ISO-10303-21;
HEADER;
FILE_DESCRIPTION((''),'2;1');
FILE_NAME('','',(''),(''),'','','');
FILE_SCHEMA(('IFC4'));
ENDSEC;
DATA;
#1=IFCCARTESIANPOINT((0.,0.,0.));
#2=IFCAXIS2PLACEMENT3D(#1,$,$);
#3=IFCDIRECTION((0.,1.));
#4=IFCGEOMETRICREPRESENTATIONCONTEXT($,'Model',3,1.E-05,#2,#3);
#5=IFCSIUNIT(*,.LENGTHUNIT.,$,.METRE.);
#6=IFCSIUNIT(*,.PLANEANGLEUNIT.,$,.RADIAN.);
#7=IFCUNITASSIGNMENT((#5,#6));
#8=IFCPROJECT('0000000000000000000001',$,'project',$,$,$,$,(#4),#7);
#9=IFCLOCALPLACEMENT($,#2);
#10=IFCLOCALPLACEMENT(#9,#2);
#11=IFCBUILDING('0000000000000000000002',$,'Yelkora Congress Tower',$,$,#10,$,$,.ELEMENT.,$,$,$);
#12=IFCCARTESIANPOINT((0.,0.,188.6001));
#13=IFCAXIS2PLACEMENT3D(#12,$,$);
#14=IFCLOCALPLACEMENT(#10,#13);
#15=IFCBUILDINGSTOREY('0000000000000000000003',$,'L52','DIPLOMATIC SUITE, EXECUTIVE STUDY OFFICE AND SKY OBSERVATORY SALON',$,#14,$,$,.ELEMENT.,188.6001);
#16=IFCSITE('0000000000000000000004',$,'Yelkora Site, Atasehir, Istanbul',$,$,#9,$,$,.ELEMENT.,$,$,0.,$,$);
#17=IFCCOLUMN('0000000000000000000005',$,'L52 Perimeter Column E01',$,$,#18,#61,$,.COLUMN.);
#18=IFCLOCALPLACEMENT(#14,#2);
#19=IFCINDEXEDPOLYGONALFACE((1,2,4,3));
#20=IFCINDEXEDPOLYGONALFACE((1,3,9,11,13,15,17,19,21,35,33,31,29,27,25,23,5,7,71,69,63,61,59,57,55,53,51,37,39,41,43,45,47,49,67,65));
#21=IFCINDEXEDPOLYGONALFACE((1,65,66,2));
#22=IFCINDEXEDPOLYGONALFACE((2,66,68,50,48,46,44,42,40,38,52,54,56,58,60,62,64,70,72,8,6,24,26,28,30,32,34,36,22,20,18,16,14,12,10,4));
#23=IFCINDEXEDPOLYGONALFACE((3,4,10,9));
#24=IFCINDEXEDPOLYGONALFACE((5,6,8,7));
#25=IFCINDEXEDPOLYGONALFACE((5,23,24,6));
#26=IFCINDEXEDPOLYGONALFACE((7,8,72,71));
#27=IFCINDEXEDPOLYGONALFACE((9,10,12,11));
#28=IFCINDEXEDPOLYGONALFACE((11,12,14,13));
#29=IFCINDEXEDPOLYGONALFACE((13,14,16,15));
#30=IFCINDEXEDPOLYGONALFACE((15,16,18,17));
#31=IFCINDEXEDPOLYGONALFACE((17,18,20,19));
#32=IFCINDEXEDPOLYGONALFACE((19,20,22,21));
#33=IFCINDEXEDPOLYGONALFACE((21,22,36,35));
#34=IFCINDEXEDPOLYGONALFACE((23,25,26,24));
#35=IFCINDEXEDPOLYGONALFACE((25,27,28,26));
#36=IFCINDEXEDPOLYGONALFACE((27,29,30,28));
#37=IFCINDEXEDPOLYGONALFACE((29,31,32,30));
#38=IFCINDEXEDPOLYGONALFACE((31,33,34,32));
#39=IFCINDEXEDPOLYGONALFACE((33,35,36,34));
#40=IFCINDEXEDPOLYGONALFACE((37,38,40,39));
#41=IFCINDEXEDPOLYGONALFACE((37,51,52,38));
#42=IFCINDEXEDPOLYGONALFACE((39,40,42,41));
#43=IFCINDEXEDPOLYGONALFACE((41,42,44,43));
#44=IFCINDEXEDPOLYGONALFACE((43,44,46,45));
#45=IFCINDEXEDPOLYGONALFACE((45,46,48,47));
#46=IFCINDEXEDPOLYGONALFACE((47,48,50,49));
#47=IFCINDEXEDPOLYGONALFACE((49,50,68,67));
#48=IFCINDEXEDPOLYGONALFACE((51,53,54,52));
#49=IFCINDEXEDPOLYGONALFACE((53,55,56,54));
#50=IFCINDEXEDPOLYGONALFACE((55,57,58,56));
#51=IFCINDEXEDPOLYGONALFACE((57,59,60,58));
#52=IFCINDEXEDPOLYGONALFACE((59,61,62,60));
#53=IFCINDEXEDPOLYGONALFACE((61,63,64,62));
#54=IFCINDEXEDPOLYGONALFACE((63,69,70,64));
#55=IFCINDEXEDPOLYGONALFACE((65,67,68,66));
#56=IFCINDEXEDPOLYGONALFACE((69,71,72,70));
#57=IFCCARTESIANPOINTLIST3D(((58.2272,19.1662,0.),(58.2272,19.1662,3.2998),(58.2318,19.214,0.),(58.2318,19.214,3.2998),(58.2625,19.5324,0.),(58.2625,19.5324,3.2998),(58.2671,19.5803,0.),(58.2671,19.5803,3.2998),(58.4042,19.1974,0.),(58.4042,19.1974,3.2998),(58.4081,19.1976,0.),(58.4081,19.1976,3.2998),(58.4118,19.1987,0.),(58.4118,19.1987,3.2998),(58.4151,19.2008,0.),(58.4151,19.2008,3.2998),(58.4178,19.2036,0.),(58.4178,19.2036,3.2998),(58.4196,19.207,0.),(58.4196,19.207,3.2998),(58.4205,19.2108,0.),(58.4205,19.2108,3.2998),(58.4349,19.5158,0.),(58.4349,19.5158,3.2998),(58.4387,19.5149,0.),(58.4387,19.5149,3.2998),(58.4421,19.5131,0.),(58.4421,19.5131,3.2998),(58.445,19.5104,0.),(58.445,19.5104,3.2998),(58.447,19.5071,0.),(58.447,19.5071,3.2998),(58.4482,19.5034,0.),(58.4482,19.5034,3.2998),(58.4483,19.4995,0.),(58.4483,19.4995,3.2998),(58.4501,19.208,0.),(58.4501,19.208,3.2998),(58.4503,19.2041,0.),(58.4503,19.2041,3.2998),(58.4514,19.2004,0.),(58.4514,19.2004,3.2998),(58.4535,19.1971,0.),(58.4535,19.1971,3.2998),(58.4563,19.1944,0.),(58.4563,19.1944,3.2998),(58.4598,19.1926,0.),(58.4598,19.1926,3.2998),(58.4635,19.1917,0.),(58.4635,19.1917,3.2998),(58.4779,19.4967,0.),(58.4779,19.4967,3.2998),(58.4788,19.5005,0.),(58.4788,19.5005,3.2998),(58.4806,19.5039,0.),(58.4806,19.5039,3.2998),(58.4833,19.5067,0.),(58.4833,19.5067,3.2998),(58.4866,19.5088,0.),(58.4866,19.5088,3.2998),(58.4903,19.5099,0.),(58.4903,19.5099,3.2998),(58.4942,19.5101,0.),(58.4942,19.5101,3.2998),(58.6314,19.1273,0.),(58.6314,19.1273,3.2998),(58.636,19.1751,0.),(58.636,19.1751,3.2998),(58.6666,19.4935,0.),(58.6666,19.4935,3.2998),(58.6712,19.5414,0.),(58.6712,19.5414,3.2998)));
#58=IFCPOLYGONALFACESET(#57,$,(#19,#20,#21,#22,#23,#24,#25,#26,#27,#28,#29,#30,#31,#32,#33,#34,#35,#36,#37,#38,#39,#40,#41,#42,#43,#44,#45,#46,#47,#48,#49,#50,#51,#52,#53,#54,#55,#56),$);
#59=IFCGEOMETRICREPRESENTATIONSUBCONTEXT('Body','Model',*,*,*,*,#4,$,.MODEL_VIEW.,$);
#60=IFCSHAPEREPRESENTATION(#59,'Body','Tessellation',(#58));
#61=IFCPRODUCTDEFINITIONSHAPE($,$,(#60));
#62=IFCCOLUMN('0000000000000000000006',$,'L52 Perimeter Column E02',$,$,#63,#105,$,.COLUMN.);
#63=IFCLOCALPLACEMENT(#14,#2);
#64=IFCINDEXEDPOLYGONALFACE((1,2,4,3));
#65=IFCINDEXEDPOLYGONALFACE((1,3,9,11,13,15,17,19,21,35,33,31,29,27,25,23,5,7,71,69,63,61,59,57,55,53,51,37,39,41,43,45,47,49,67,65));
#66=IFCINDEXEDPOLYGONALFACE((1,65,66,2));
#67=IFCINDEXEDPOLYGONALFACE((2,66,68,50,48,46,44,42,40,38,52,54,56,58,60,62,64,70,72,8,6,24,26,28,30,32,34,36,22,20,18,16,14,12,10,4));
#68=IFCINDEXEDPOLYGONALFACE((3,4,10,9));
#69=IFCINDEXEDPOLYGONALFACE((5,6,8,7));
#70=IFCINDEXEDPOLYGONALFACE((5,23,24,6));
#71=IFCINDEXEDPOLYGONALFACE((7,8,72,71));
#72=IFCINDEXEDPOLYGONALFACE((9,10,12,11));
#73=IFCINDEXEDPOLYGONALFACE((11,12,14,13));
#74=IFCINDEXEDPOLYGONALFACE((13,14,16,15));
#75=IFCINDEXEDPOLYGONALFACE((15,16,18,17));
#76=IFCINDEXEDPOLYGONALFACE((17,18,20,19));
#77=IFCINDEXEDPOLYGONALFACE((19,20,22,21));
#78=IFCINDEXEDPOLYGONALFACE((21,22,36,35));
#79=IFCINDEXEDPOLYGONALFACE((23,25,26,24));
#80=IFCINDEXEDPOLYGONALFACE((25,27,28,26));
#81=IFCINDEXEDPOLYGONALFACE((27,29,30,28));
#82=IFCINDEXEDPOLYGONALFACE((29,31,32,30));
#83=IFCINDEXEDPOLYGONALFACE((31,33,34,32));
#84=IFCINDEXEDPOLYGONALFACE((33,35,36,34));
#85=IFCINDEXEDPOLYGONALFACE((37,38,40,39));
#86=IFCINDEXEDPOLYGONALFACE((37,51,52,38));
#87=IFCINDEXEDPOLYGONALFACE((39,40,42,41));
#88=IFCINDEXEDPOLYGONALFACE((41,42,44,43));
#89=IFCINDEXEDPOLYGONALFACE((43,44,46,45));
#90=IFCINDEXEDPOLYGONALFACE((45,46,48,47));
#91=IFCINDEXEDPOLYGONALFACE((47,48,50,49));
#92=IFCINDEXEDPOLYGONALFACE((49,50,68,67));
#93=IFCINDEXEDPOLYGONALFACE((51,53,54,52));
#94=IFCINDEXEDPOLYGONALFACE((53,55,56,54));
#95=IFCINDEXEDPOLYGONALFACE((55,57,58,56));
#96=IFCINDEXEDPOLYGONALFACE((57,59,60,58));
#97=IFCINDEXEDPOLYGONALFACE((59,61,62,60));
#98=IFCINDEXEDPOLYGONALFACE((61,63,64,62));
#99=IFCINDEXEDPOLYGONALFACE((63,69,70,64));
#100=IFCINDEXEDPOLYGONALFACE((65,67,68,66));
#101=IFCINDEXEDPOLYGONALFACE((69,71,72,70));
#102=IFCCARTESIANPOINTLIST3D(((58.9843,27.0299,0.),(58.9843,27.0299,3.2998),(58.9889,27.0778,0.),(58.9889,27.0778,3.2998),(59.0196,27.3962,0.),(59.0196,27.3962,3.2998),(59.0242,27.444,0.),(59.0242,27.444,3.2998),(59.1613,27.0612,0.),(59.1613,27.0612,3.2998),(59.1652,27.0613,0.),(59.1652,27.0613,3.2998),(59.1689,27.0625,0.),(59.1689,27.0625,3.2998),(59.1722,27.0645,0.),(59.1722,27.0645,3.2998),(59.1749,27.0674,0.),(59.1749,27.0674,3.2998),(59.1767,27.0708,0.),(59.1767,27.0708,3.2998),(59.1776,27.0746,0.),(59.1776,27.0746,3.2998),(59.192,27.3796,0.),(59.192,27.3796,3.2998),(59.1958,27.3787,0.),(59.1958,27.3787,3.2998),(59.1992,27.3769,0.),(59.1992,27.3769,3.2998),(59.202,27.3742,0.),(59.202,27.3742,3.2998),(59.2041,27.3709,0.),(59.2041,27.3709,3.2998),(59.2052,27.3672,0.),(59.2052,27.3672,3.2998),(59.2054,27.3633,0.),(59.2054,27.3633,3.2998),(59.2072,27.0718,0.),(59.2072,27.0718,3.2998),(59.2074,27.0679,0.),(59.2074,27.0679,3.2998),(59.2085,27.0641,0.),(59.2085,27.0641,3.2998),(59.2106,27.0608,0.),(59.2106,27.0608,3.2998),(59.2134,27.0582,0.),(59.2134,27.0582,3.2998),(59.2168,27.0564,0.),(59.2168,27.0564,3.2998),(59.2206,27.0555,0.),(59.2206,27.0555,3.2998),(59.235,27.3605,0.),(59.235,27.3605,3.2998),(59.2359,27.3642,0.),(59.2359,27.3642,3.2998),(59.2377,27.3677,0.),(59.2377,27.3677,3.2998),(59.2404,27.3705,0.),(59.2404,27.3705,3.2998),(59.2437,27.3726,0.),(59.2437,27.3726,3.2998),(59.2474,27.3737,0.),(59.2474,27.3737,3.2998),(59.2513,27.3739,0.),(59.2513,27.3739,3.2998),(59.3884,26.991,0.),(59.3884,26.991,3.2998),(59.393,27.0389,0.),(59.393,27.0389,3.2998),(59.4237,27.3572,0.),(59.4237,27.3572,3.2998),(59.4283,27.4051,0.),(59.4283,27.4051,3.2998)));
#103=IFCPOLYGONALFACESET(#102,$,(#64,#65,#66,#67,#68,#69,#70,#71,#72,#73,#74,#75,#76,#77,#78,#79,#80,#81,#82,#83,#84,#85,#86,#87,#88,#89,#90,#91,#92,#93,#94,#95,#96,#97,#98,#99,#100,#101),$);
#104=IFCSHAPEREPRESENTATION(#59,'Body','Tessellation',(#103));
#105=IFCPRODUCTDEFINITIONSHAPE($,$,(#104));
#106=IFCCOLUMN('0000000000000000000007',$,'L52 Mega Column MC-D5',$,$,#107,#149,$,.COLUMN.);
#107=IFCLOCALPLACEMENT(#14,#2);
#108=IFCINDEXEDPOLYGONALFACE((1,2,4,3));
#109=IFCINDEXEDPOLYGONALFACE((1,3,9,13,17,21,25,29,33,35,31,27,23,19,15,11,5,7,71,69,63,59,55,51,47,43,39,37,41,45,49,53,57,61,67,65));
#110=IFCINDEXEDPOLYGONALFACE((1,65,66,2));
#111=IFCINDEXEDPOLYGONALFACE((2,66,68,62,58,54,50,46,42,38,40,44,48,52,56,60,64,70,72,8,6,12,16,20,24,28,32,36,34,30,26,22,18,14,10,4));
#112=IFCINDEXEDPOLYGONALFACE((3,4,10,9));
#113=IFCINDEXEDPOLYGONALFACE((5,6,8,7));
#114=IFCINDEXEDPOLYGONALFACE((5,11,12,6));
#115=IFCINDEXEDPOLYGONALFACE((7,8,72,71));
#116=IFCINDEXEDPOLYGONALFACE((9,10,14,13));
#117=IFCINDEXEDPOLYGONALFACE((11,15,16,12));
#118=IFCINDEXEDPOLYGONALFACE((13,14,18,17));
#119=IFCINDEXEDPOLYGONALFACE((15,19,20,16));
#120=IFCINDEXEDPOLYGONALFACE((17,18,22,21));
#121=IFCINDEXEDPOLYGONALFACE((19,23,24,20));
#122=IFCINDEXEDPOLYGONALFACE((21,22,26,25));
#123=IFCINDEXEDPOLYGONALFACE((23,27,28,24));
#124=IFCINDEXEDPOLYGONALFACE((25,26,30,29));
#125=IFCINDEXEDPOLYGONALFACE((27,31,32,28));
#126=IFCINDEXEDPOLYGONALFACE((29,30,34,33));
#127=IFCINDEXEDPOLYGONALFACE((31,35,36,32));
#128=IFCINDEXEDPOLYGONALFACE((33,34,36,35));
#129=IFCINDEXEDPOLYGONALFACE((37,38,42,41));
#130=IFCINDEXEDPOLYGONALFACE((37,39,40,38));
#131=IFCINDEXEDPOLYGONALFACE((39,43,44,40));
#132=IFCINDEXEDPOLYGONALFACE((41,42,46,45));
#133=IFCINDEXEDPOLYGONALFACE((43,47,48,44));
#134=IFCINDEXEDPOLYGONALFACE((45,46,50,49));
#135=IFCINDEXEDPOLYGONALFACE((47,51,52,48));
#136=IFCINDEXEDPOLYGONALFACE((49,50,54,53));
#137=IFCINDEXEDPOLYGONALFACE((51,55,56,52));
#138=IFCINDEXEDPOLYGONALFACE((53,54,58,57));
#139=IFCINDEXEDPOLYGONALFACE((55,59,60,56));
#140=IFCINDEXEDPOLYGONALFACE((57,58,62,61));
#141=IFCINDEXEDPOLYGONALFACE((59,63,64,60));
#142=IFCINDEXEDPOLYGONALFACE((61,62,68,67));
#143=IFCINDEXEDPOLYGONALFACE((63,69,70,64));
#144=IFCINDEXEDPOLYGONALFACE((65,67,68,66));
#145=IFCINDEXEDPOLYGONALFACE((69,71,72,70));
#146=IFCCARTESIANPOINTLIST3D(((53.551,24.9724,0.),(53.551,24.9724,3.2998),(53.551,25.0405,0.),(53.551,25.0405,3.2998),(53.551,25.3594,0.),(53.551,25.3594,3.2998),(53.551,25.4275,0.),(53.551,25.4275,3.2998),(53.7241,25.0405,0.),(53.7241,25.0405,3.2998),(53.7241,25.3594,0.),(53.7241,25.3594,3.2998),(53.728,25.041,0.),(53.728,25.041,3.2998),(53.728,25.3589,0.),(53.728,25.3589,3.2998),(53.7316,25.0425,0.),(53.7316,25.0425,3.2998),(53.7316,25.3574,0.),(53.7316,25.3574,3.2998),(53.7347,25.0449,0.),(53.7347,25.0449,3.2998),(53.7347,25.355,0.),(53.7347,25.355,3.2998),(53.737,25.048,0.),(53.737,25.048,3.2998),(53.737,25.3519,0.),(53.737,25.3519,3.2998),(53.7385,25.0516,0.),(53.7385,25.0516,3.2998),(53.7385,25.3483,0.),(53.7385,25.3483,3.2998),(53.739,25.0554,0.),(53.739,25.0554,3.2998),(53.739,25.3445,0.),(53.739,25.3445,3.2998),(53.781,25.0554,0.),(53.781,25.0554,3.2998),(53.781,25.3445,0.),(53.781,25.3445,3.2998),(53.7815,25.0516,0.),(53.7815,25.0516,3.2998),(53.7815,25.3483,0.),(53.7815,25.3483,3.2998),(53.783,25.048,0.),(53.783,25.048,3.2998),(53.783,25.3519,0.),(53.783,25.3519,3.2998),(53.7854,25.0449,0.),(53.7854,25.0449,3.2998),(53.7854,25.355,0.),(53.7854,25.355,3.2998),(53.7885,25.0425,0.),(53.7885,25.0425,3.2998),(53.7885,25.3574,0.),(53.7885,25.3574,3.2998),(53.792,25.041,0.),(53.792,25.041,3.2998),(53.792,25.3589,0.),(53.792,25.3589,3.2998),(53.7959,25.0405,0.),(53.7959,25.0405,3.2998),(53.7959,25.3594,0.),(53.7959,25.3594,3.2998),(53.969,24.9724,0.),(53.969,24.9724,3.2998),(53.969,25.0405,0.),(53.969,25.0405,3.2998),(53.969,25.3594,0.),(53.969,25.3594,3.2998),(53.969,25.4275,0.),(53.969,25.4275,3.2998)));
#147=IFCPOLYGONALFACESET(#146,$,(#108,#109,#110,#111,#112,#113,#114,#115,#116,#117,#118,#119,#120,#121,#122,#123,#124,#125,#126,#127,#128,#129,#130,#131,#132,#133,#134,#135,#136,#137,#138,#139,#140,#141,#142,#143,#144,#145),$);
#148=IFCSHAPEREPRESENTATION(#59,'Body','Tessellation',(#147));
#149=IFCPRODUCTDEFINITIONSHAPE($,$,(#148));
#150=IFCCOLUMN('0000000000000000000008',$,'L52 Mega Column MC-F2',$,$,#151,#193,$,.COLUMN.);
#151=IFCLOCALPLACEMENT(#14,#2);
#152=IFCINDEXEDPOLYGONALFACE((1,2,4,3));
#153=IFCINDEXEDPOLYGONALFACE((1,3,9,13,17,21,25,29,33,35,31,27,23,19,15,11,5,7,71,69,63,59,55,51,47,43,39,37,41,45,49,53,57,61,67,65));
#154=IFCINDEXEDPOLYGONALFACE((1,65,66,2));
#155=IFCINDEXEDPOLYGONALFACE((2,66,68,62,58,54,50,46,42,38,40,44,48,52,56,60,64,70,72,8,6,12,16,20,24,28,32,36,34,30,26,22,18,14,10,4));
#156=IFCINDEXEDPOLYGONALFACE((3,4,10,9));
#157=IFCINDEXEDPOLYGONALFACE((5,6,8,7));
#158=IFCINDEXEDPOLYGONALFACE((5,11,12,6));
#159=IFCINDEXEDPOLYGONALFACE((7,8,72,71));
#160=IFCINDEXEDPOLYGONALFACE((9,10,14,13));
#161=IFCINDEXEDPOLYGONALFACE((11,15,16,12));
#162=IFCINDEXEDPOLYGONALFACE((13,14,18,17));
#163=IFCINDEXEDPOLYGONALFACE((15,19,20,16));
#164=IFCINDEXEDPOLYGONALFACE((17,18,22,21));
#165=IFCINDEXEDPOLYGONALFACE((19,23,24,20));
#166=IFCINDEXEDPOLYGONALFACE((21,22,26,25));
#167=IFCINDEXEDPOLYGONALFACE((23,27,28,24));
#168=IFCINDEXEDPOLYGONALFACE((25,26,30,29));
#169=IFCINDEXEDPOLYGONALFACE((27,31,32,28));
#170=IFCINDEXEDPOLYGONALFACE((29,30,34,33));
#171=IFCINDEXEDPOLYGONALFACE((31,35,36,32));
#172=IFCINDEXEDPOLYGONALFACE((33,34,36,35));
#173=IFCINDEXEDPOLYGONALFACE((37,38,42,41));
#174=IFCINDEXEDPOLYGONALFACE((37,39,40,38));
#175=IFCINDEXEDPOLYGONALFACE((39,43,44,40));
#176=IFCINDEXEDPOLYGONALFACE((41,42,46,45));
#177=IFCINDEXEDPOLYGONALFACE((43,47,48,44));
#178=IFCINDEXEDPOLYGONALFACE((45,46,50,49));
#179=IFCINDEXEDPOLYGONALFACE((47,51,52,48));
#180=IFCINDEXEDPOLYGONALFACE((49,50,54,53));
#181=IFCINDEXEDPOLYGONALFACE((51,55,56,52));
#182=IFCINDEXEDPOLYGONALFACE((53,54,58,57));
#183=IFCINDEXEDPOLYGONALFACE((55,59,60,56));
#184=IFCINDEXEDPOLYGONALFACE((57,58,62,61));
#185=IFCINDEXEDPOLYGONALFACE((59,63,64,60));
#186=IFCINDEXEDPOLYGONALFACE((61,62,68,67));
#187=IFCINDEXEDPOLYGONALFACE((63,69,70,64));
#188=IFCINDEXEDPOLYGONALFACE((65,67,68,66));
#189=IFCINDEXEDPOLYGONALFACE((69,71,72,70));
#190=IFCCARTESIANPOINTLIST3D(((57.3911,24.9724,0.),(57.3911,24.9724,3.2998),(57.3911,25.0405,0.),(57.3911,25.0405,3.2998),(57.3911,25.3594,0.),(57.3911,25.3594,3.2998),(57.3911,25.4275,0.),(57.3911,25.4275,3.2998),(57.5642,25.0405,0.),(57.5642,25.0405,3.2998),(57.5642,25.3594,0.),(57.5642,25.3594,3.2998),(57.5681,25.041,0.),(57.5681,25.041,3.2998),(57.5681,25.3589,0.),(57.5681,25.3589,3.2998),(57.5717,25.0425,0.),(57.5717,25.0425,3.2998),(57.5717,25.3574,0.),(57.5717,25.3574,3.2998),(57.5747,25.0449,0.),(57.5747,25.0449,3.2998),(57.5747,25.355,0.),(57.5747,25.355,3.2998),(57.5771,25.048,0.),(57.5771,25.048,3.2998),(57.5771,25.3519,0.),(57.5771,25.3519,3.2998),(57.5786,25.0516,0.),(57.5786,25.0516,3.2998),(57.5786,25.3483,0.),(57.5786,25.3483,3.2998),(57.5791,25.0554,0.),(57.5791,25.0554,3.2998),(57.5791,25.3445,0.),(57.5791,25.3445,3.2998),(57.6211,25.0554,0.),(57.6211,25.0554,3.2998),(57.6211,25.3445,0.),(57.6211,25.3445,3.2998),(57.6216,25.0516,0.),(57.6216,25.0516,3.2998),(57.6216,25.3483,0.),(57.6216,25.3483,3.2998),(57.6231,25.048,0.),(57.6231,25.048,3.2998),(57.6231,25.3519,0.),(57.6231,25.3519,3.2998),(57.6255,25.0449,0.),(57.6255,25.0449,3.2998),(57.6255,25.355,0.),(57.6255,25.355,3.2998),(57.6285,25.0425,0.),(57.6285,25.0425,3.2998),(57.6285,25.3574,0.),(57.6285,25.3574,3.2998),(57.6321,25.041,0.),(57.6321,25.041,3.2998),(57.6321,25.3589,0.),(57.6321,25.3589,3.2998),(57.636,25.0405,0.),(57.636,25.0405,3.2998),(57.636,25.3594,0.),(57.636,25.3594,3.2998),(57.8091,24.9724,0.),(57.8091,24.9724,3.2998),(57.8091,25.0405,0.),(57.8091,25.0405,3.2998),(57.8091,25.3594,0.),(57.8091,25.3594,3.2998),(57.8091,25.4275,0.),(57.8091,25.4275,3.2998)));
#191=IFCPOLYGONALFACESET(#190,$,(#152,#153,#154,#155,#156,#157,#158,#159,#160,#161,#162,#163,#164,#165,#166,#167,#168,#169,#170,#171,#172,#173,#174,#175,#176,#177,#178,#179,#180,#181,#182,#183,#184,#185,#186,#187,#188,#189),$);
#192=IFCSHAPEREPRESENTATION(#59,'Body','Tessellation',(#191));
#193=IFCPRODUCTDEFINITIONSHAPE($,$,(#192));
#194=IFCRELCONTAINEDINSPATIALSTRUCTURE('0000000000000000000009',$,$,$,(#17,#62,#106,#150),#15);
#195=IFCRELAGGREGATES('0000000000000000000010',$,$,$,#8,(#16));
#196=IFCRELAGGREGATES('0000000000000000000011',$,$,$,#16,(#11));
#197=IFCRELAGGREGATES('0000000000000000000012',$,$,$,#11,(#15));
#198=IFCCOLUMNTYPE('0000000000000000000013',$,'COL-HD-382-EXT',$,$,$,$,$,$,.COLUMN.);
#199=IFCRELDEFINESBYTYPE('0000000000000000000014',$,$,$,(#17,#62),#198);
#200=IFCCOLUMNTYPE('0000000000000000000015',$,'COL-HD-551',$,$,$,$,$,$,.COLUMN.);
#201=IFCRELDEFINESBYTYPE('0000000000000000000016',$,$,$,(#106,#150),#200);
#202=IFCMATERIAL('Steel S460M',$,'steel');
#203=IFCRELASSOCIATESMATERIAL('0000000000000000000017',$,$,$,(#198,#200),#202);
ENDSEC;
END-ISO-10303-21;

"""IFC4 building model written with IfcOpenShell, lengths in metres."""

from ifc_helpers import new_model, si_unit, direction, frame, origin, origin_2d, place, context, subcontext, project, spatial, i_section, extrude, material, material_profile, profile_set, type_object, element, save


model = new_model("IFC4")

# Units and contexts
model_context = context("Model", 3, precision=1e-05, world=origin(), true_north=direction((0.0, 1.0)))
body_context = subcontext(model_context, "Body", "Model", "MODEL_VIEW")
ifc_project = project(units=[si_unit("LENGTHUNIT", "METRE"), si_unit("PLANEANGLEUNIT", "RADIAN")], contexts=[model_context])

# Site, building, storey
site_placement = place(None, origin())
site = spatial("IfcSite", under=ifc_project, at=site_placement, Name="Yelkora Site, Atasehir, Istanbul", CompositionType="ELEMENT", RefElevation=0.0)
building_placement = place(site_placement, origin())
building = spatial("IfcBuilding", under=site, at=building_placement, Name="Yelkora Congress Tower", CompositionType="ELEMENT")
storey_placement = place(building_placement, frame((0.0, 0.0, 188.6001)))
storey = spatial("IfcBuildingStorey", under=building, at=storey_placement, Name="L52", Description="DIPLOMATIC SUITE, EXECUTIVE STUDY OFFICE AND SKY OBSERVATORY SALON", CompositionType="ELEMENT", Elevation=188.6001)

# Columns
ifc_material_1 = material(Name="Steel S460M", Category="steel")
ifc_material_profile_1 = material_profile(ifc_material_1, i_section(OverallWidth=0.406, OverallDepth=0.416, WebThickness=0.0298, FlangeThickness=0.0481, FilletRadius=0.0149, at=origin_2d()), Name="HD 400x382")
ifc_profile_set_1 = profile_set([ifc_material_profile_1], Name="Steel S460M")
column_type_1 = type_object("IfcColumnType", Name="COL-HD-382-EXT", PredefinedType="COLUMN", material=ifc_profile_set_1)
for number, where, z_axis, x_axis, name in (
    (1, (58.4492, 19.3538, 0.0), (0.0, 0.0, 1.0), (0.995396, -0.095846, 0.0), "L52 Perimeter Column E01"),
    (2, (59.2063, 27.2175, 0.0), (0.0, 0.0, 1.0), (0.995396, -0.095846, 0.0), "L52 Perimeter Column E02"),
):
    element("IfcColumn", number, at=place(storey_placement, frame(where, z_axis=z_axis, x_axis=x_axis)), inside=storey, type_object=column_type_1, Name=name, PredefinedType="COLUMN", context=body_context, shape_type="SweptSolid", body=[
        extrude(i_section(OverallWidth=0.406, OverallDepth=0.416, WebThickness=0.0298, FlangeThickness=0.0481, FilletRadius=0.0149, at=origin_2d()), origin(), (0.0, 0.0, 1.0), 3.2998),
    ])
ifc_material_profile_2 = material_profile(ifc_material_1, i_section(OverallWidth=0.418, OverallDepth=0.4551, WebThickness=0.042, FlangeThickness=0.0681, FilletRadius=0.0149, at=origin_2d()), Name="HD 400x551")
ifc_profile_set_2 = profile_set([ifc_material_profile_2], Name="Steel S460M")
column_type_2 = type_object("IfcColumnType", Name="COL-HD-551", PredefinedType="COLUMN", material=ifc_profile_set_2)
for number, where, z_axis, x_axis, name in (
    (3, (53.76, 25.2, 0.0), (0.0, 0.0, 1.0), (1.0, 0.0, 0.0), "L52 Mega Column MC-D5"),
    (4, (57.6001, 25.2, 0.0), (0.0, 0.0, 1.0), (1.0, 0.0, 0.0), "L52 Mega Column MC-F2"),
):
    element("IfcColumn", number, at=place(storey_placement, frame(where, z_axis=z_axis, x_axis=x_axis)), inside=storey, type_object=column_type_2, Name=name, PredefinedType="COLUMN", context=body_context, shape_type="SweptSolid", body=[
        extrude(i_section(OverallWidth=0.418, OverallDepth=0.4551, WebThickness=0.042, FlangeThickness=0.0681, FilletRadius=0.0149, at=origin_2d()), origin(), (0.0, 0.0, 1.0), 3.2998),
    ])

save(model, "model.ifc")
